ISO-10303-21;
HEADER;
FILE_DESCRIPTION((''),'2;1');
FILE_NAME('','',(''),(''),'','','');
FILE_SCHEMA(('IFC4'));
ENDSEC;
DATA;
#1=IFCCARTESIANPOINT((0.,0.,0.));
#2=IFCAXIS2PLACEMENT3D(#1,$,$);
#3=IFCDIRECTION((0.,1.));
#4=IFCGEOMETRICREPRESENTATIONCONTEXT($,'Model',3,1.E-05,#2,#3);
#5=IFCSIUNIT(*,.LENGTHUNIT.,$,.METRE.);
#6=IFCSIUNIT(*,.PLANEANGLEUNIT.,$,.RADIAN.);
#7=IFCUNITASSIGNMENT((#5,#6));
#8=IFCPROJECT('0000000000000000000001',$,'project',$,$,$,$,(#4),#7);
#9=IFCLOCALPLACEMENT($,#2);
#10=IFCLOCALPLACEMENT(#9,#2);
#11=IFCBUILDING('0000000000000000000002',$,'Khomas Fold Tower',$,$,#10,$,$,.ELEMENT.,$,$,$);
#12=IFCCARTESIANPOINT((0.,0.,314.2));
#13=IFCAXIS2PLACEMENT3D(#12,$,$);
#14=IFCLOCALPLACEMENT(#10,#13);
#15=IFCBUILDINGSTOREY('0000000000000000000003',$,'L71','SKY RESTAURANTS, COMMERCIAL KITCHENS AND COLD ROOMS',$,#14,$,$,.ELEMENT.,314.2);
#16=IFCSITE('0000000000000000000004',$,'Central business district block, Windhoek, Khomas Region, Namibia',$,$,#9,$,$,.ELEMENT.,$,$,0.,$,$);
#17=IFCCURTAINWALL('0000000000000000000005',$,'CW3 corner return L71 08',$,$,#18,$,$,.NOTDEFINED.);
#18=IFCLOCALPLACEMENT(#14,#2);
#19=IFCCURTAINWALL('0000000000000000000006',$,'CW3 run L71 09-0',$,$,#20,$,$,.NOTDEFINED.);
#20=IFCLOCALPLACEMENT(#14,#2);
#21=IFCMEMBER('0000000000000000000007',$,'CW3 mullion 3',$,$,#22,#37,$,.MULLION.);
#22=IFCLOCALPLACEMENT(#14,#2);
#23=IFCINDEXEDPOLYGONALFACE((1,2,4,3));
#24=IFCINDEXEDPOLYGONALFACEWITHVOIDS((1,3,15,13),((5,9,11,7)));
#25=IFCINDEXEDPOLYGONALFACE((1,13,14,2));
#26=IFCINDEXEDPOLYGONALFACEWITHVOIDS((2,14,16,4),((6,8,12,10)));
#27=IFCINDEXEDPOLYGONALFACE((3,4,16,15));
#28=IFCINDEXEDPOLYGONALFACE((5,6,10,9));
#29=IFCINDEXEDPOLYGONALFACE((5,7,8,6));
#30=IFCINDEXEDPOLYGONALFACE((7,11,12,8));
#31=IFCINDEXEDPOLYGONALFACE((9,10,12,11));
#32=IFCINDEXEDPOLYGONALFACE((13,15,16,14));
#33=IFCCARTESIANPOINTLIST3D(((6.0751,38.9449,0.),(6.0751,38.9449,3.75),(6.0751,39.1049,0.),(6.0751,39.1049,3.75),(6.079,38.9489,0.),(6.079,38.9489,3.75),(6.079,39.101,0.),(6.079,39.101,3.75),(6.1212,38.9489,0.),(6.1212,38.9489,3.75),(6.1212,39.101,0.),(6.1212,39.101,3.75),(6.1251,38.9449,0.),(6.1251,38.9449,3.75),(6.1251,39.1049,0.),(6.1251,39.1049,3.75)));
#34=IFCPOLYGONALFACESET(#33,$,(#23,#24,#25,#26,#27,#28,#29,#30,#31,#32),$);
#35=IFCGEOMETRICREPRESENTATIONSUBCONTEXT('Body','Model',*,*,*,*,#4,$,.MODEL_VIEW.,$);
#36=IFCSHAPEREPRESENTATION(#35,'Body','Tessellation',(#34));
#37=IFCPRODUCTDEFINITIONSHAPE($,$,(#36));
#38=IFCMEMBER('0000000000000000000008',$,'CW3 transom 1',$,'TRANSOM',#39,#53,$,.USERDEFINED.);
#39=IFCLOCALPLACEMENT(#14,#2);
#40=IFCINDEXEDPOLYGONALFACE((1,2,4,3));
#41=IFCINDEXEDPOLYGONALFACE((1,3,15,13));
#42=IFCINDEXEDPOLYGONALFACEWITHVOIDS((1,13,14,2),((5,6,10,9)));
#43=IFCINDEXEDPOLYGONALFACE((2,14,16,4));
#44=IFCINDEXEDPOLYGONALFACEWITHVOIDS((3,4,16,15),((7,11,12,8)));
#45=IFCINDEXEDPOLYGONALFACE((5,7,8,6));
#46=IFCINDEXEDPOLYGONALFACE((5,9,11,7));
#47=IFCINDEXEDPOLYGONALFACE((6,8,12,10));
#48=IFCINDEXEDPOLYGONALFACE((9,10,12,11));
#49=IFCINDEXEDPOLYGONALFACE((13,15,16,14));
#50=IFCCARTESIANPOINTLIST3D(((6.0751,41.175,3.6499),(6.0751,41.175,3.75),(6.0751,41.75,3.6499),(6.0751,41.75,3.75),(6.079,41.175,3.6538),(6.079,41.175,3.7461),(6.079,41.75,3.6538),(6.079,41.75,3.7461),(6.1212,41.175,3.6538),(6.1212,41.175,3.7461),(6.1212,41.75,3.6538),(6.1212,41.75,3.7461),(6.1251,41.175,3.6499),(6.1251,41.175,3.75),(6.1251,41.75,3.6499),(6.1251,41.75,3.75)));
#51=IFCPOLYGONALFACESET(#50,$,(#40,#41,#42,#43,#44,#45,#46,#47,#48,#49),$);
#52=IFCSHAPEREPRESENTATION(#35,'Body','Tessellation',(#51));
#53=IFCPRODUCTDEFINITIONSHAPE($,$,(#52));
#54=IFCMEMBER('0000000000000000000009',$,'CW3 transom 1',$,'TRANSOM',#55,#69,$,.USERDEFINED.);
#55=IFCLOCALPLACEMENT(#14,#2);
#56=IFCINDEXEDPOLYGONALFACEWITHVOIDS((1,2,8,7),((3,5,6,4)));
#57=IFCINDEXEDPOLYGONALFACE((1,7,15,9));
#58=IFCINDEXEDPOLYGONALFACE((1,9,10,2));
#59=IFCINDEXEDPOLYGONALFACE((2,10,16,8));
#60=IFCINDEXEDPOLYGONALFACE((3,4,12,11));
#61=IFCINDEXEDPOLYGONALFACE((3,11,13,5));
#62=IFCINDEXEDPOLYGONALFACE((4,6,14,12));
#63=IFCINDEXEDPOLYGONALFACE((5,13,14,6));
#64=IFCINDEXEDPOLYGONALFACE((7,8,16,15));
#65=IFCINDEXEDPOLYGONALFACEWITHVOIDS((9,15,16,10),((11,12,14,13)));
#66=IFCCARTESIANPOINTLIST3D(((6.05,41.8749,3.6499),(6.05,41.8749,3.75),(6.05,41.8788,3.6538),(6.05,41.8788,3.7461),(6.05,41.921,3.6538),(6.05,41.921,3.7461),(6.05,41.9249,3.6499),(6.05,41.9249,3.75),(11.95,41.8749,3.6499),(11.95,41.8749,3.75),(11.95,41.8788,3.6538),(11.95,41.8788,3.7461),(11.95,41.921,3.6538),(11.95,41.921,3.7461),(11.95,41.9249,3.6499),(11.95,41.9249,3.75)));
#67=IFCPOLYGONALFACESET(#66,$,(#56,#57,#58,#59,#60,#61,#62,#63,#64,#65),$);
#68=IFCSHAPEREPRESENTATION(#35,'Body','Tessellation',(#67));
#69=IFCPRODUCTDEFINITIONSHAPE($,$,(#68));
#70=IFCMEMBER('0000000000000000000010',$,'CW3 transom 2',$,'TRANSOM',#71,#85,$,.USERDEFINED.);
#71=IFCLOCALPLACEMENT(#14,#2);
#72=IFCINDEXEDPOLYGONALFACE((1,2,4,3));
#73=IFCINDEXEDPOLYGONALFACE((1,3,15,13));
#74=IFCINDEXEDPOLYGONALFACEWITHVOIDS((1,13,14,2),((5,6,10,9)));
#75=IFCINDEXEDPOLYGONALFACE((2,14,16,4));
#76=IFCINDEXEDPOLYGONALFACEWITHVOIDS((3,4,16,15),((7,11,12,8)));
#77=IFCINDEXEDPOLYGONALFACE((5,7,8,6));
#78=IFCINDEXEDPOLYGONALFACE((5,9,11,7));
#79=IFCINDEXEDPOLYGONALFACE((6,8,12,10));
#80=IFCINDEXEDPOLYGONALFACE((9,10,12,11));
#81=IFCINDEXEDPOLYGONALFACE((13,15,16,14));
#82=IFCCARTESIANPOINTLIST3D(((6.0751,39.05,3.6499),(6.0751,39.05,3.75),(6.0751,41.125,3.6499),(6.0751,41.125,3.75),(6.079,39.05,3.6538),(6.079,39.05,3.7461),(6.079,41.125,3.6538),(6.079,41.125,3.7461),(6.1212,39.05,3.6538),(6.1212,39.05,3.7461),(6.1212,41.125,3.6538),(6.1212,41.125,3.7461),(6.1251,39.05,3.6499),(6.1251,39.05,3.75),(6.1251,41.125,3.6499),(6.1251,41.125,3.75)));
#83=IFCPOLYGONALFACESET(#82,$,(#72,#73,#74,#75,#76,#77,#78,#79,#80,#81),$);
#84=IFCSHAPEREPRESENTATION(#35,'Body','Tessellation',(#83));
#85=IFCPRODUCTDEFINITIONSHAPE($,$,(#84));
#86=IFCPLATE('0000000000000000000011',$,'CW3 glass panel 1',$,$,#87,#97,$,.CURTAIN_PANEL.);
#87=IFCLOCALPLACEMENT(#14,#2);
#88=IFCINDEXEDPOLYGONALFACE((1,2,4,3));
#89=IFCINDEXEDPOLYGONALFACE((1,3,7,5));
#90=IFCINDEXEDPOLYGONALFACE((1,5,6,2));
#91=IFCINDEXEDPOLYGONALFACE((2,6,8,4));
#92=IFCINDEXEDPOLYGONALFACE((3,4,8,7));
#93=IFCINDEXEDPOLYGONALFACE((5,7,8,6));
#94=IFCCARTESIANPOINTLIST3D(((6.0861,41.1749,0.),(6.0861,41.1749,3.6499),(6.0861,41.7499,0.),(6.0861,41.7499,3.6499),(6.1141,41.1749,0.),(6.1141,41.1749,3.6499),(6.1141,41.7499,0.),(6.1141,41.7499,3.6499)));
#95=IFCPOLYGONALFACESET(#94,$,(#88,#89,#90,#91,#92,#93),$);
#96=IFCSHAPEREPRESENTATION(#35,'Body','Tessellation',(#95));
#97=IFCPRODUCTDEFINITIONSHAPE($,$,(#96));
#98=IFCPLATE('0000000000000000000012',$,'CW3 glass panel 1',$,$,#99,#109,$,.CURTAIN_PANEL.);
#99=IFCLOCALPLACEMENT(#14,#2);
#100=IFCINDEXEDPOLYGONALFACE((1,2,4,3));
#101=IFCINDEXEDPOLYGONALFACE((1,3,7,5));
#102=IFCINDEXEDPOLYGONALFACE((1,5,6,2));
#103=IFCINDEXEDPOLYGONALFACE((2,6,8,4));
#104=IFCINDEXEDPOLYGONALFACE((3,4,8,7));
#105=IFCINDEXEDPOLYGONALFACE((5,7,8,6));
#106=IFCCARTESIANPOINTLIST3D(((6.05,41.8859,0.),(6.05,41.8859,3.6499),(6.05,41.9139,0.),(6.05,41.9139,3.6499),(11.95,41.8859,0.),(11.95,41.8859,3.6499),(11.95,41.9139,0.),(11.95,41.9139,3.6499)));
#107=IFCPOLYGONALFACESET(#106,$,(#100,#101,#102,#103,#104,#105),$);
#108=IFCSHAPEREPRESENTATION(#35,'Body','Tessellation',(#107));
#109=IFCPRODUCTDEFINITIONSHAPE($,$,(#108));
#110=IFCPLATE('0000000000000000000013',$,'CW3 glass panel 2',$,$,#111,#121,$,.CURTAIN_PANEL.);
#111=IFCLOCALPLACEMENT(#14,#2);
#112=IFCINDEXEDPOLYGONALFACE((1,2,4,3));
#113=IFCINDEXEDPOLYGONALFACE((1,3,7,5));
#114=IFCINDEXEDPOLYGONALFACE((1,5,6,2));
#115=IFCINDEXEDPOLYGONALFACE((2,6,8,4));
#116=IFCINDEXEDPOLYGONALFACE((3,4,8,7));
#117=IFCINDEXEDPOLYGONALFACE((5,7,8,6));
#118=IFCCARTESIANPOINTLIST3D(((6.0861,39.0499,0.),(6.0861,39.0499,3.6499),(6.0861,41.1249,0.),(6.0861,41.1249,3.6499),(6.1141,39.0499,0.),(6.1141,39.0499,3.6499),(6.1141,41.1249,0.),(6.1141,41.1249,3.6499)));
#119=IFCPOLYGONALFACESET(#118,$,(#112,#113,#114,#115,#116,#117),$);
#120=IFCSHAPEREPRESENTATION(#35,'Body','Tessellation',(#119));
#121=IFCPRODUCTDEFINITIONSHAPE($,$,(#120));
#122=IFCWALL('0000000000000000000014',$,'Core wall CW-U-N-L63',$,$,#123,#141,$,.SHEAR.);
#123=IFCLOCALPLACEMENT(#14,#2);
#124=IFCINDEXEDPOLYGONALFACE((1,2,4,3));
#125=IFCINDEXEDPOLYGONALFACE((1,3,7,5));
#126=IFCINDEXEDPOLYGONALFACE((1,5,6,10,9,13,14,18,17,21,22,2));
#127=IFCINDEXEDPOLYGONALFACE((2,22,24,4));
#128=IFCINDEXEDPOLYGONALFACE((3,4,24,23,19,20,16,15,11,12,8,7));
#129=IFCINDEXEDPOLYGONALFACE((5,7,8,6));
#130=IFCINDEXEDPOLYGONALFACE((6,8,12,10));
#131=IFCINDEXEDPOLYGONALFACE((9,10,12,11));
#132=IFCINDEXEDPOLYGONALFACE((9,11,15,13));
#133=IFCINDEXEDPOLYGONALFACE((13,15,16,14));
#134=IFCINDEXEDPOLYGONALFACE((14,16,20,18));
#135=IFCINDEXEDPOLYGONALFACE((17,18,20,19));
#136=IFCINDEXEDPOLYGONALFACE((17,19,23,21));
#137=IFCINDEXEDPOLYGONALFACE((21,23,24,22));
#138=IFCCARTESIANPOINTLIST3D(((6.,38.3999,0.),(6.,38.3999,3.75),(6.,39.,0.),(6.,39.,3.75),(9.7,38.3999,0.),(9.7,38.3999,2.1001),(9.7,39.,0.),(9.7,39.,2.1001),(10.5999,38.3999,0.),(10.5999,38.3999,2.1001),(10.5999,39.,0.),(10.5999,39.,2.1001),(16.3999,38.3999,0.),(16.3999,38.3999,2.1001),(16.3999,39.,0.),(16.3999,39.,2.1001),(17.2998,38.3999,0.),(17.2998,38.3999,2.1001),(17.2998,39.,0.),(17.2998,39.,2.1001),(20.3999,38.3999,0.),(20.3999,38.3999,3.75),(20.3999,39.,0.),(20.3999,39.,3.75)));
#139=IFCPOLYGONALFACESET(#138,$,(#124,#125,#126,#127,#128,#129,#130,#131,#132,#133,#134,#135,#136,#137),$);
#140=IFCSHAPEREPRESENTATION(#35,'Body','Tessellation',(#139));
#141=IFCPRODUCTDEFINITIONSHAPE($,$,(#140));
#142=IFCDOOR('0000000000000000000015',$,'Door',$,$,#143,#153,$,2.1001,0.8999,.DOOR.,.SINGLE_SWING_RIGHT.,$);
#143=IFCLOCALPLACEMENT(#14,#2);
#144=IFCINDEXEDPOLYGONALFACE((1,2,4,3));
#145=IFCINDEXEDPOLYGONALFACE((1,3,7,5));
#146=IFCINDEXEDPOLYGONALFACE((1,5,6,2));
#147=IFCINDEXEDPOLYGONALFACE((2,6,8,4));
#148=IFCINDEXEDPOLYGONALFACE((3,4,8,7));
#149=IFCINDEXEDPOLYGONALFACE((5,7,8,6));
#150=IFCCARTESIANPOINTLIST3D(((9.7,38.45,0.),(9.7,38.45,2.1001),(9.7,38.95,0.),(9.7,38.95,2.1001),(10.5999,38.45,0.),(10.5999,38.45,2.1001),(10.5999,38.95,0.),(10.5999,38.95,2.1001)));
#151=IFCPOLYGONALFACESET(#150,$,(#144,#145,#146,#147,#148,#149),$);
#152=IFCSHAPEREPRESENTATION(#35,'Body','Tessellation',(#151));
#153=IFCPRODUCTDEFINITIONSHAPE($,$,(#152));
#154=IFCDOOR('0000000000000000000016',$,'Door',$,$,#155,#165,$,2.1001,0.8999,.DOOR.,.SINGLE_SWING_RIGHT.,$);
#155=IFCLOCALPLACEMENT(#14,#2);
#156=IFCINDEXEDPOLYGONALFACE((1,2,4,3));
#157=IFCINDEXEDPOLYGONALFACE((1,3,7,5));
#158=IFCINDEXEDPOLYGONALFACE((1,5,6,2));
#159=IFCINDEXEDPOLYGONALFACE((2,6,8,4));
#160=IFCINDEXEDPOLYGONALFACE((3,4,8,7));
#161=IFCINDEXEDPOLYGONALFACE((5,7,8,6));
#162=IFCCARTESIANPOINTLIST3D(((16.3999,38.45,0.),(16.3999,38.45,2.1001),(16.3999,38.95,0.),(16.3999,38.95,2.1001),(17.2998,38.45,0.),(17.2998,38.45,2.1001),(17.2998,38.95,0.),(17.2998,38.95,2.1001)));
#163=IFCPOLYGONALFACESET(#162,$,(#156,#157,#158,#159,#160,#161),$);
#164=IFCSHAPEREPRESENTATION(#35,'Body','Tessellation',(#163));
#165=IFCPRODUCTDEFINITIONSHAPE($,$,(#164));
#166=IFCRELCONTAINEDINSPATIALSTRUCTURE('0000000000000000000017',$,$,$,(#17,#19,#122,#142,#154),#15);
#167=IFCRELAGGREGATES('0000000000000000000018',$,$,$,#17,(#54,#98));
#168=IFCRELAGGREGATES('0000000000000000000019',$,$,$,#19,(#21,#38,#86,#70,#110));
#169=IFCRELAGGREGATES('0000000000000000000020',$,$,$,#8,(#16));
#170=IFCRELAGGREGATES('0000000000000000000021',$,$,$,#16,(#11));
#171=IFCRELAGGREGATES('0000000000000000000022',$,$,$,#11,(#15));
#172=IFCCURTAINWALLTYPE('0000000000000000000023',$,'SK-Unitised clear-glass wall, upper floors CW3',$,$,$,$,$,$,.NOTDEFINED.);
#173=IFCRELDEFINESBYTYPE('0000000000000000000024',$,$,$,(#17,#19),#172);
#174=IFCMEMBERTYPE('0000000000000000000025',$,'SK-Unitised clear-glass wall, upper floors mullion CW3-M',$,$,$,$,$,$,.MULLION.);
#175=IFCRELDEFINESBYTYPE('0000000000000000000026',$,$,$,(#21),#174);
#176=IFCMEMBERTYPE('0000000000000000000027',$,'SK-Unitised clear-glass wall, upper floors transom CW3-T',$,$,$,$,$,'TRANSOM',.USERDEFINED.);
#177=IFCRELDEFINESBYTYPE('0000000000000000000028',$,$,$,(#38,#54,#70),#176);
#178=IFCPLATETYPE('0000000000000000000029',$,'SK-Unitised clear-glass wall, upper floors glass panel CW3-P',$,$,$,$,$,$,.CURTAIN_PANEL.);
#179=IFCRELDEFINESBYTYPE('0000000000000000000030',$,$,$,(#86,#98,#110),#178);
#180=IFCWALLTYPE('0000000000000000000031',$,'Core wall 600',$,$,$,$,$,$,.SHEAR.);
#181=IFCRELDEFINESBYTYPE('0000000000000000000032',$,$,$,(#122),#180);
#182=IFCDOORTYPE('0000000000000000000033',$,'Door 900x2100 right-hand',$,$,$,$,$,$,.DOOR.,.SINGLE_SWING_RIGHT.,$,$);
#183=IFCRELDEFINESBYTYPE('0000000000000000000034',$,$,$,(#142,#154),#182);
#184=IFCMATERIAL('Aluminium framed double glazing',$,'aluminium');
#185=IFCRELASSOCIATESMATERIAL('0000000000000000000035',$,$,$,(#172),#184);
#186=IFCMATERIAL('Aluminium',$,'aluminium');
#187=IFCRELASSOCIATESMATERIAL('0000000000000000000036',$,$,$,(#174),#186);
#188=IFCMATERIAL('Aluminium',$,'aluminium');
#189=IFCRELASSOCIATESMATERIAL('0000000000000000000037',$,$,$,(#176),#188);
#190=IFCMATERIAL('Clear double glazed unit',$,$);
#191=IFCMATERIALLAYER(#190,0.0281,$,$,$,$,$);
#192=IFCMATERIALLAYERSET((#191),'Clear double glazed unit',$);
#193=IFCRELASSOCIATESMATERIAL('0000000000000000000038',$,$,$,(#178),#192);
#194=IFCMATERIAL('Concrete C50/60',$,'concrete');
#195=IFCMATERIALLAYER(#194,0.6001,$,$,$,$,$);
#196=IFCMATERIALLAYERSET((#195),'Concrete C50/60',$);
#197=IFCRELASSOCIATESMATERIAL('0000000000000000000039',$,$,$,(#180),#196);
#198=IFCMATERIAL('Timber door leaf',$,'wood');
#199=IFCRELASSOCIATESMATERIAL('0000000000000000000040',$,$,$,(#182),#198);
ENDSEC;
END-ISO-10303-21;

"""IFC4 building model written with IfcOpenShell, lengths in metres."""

from ifc_helpers import new_model, si_unit, direction, frame, frame_2d, origin, origin_2d, place, context, subcontext, project, spatial, rectangle, hollow_rectangle, extrude, source, transform, mapped, material, layer, layer_set, material_profile, profile_set, type_object, element, fill, aggregate, save


model = new_model("IFC4")

# Units and contexts
model_context = context("Model", 3, precision=1e-05, world=origin(), true_north=direction((0.0, 1.0)))
body_context = subcontext(model_context, "Body", "Model", "MODEL_VIEW")
ifc_project = project(units=[si_unit("LENGTHUNIT", "METRE"), si_unit("PLANEANGLEUNIT", "RADIAN")], contexts=[model_context])

# Site, building, storey
site_placement = place(None, origin())
site = spatial("IfcSite", under=ifc_project, at=site_placement, Name="Central business district block, Windhoek, Khomas Region, Namibia", CompositionType="ELEMENT", RefElevation=0.0)
building_placement = place(site_placement, origin())
building = spatial("IfcBuilding", under=site, at=building_placement, Name="Khomas Fold Tower", CompositionType="ELEMENT")
storey_placement = place(building_placement, frame((0.0, 0.0, 314.2)))
storey = spatial("IfcBuildingStorey", under=building, at=storey_placement, Name="L71", Description="SKY RESTAURANTS, COMMERCIAL KITCHENS AND COLD ROOMS", CompositionType="ELEMENT", Elevation=314.2)

# Curtain walls, members
ifc_material_1 = material(Name="Aluminium framed double glazing", Category="aluminium")
curtain_wall_type = type_object("IfcCurtainWallType", Name="SK-Unitised clear-glass wall, upper floors CW3", PredefinedType="NOTDEFINED", material=ifc_material_1)
curtain_wall_1_placement = place(storey_placement, origin())
curtain_wall_1 = element("IfcCurtainWall", 1, at=curtain_wall_1_placement, inside=storey, type_object=curtain_wall_type, Name="CW3 corner return L71 08", PredefinedType="NOTDEFINED")
ifc_material_2 = material(Name="Aluminium", Category="aluminium")
ifc_material_profile_1 = material_profile(ifc_material_2, hollow_rectangle(XDim=0.05, YDim=0.1599, WallThickness=0.0039, at=origin_2d()), Name="SK-Unitised clear-glass wall, upper floors mullion CW3-M")
ifc_profile_set_1 = profile_set([ifc_material_profile_1], Name="Aluminium")
member_type_1 = type_object("IfcMemberType", Name="SK-Unitised clear-glass wall, upper floors mullion CW3-M", PredefinedType="MULLION", material=ifc_profile_set_1)
shared_shape_1 = source(origin(), body_context, "Body", "SweptSolid", [
    extrude(hollow_rectangle(XDim=0.05, YDim=0.1599, WallThickness=0.0039, at=origin_2d()), origin(), (0.0, 0.0, 1.0), 3.75),
])
curtain_wall_2_placement = place(storey_placement, origin())
curtain_wall_2 = element("IfcCurtainWall", 2, at=curtain_wall_2_placement, inside=storey, type_object=curtain_wall_type, Name="CW3 run L71 09-0", PredefinedType="NOTDEFINED")
member_1_placement = place(storey_placement, frame((6.1001, 39.0249, 0.0), z_axis=(0.0, 0.0, 1.0), x_axis=(1.0, 0.0, 0.0)))
member_1 = element("IfcMember", 3, at=member_1_placement, type_object=member_type_1, Name="CW3 mullion 3", PredefinedType="MULLION", context=body_context, shape_type="MappedRepresentation", body=[
    mapped(shared_shape_1, transform((0.0, 0.0, 0.0))),
])
ifc_material_3 = material(Name="Aluminium", Category="aluminium")
ifc_material_profile_2 = material_profile(ifc_material_3, hollow_rectangle(XDim=0.05, YDim=0.1001, WallThickness=0.0039, at=origin_2d()), Name="SK-Unitised clear-glass wall, upper floors transom CW3-T")
ifc_profile_set_2 = profile_set([ifc_material_profile_2], Name="Aluminium")
member_type_2 = type_object("IfcMemberType", Name="SK-Unitised clear-glass wall, upper floors transom CW3-T", ElementType="TRANSOM", PredefinedType="USERDEFINED", material=ifc_profile_set_2)
shared_shape_2 = source(origin(), body_context, "Body", "SweptSolid", [
    extrude(hollow_rectangle(XDim=0.05, YDim=0.1001, WallThickness=0.0039, at=origin_2d()), origin(), (0.0, 0.0, 1.0), 0.575),
])
member_2_placement = place(storey_placement, frame((6.1001, 41.75, 3.7), z_axis=(0.0, -1.0, 0.0), x_axis=(1.0, 0.0, 0.0)))
member_2 = element("IfcMember", 4, at=member_2_placement, type_object=member_type_2, Name="CW3 transom 1", ObjectType="TRANSOM", PredefinedType="USERDEFINED", context=body_context, shape_type="MappedRepresentation", body=[
    mapped(shared_shape_2, transform((0.0, 0.0, 0.0))),
])

# Members
shared_shape_3 = source(origin(), body_context, "Body", "SweptSolid", [
    extrude(hollow_rectangle(XDim=0.05, YDim=0.1001, WallThickness=0.0039, at=origin_2d()), origin(), (0.0, 0.0, 1.0), 5.8999),
])
member_3_placement = place(storey_placement, frame((11.95, 41.8999, 3.7), z_axis=(-1.0, 0.0, 0.0), x_axis=(0.0, -1.0, 0.0)))
member_3 = element("IfcMember", 5, at=member_3_placement, type_object=member_type_2, Name="CW3 transom 1", ObjectType="TRANSOM", PredefinedType="USERDEFINED", context=body_context, shape_type="MappedRepresentation", body=[
    mapped(shared_shape_3, transform((0.0, 0.0, 0.0))),
])
shared_shape_4 = source(origin(), body_context, "Body", "SweptSolid", [
    extrude(hollow_rectangle(XDim=0.05, YDim=0.1001, WallThickness=0.0039, at=origin_2d()), origin(), (0.0, 0.0, 1.0), 2.075),
])
member_4_placement = place(storey_placement, frame((6.1001, 41.125, 3.7), z_axis=(0.0, -1.0, 0.0), x_axis=(1.0, 0.0, 0.0)))
member_4 = element("IfcMember", 6, at=member_4_placement, type_object=member_type_2, Name="CW3 transom 2", ObjectType="TRANSOM", PredefinedType="USERDEFINED", context=body_context, shape_type="MappedRepresentation", body=[
    mapped(shared_shape_4, transform((0.0, 0.0, 0.0))),
])

# Plates
ifc_material_4 = material(Name="Clear double glazed unit")
ifc_layer_1 = layer(ifc_material_4, 0.0281)
ifc_layer_set_1 = layer_set([ifc_layer_1], Name="Clear double glazed unit")
plate_type = type_object("IfcPlateType", Name="SK-Unitised clear-glass wall, upper floors glass panel CW3-P", PredefinedType="CURTAIN_PANEL", material=ifc_layer_set_1)
shared_shape_5 = source(origin(), body_context, "Body", "SweptSolid", [
    extrude(rectangle(XDim=0.575, YDim=0.0281, at=origin_2d()), origin(), (0.0, 0.0, 1.0), 3.6499),
])
plate_1_placement = place(storey_placement, frame((6.1001, 41.4624, 0.0), z_axis=(0.0, 0.0, 1.0), x_axis=(0.0, -1.0, 0.0)))
plate_1 = element("IfcPlate", 7, at=plate_1_placement, type_object=plate_type, Name="CW3 glass panel 1", PredefinedType="CURTAIN_PANEL", context=body_context, shape_type="MappedRepresentation", body=[
    mapped(shared_shape_5, transform((0.0, 0.0, 0.0))),
])
shared_shape_6 = source(origin(), body_context, "Body", "SweptSolid", [
    extrude(rectangle(XDim=5.8999, YDim=0.0281, at=origin_2d()), origin(), (0.0, 0.0, 1.0), 3.6499),
])
plate_2_placement = place(storey_placement, frame((9.0, 41.8999, 0.0), z_axis=(0.0, 0.0, 1.0), x_axis=(-1.0, 0.0, 0.0)))
plate_2 = element("IfcPlate", 8, at=plate_2_placement, type_object=plate_type, Name="CW3 glass panel 1", PredefinedType="CURTAIN_PANEL", context=body_context, shape_type="MappedRepresentation", body=[
    mapped(shared_shape_6, transform((0.0, 0.0, 0.0))),
])
aggregate(curtain_wall_1, [member_3, plate_2])
shared_shape_7 = source(origin(), body_context, "Body", "SweptSolid", [
    extrude(rectangle(XDim=2.075, YDim=0.0281, at=origin_2d()), origin(), (0.0, 0.0, 1.0), 3.6499),
])
plate_3_placement = place(storey_placement, frame((6.1001, 40.0874, 0.0), z_axis=(0.0, 0.0, 1.0), x_axis=(0.0, -1.0, 0.0)))
plate_3 = element("IfcPlate", 9, at=plate_3_placement, type_object=plate_type, Name="CW3 glass panel 2", PredefinedType="CURTAIN_PANEL", context=body_context, shape_type="MappedRepresentation", body=[
    mapped(shared_shape_7, transform((0.0, 0.0, 0.0))),
])
aggregate(curtain_wall_2, [member_1, member_2, plate_1, member_4, plate_3])

# Wall, openings, doors
ifc_material_5 = material(Name="Concrete C50/60", Category="concrete")
ifc_layer_2 = layer(ifc_material_5, 0.6001)
ifc_layer_set_2 = layer_set([ifc_layer_2], Name="Concrete C50/60")
wall_type_1 = type_object("IfcWallType", Name="Core wall 600", PredefinedType="SHEAR", material=ifc_layer_set_2)
shared_shape_8 = source(origin(), body_context, "Body", "SweptSolid", [
    extrude(rectangle(XDim=14.3999, YDim=0.6001, at=frame_2d((7.2, 0.0))), origin(), (0.0, 0.0, 1.0), 3.75),
])
wall_1_placement = place(storey_placement, frame((6.0, 38.7, 0.0), z_axis=(0.0, 0.0, 1.0), x_axis=(1.0, 0.0, 0.0)))
wall_1 = element("IfcWall", 10, at=wall_1_placement, inside=storey, type_object=wall_type_1, Name="Core wall CW-U-N-L63", PredefinedType="SHEAR", context=body_context, shape_type="MappedRepresentation", body=[
    mapped(shared_shape_8, transform((0.0, 0.0, 0.0))),
])
shared_shape_9 = source(origin(), body_context, "Body", "SweptSolid", [
    extrude(rectangle(XDim=0.8999, YDim=2.1001, at=frame_2d((0.45, 1.05))), frame((0.0, 0.3101, 0.0), z_axis=(0.0, -1.0, 0.0), x_axis=(1.0, 0.0, 0.0)), (0.0, 0.0, 1.0), 0.6201),
])
opening_1_placement = place(wall_1_placement, frame((3.7, 0.0, 0.0)))
opening_1 = element("IfcOpeningElement", 11, at=opening_1_placement, cuts=wall_1, PredefinedType="OPENING", context=body_context, shape_type="MappedRepresentation", body=[
    mapped(shared_shape_9, transform((0.0, 0.0, 0.0))),
])
opening_2_placement = place(wall_1_placement, frame((10.3999, 0.0, 0.0)))
opening_2 = element("IfcOpeningElement", 12, at=opening_2_placement, cuts=wall_1, PredefinedType="OPENING", context=body_context, shape_type="MappedRepresentation", body=[
    mapped(shared_shape_9, transform((0.0, 0.0, 0.0))),
])
ifc_material_6 = material(Name="Timber door leaf", Category="wood")
door_type = type_object("IfcDoorType", Name="Door 900x2100 right-hand", OperationType="SINGLE_SWING_RIGHT", PredefinedType="DOOR", material=ifc_material_6)
shared_shape_10 = source(origin(), body_context, "Body", "SweptSolid", [
    extrude(rectangle(XDim=0.8999, YDim=2.1001, at=frame_2d((0.45, 1.05))), frame((0.0, 0.25, 0.0), z_axis=(0.0, -1.0, 0.0), x_axis=(1.0, 0.0, 0.0)), (0.0, 0.0, 1.0), 0.5),
])
door_1_placement = place(opening_1_placement, origin())
door_1 = element("IfcDoor", 13, at=door_1_placement, inside=storey, type_object=door_type, Name="Door", OperationType="SINGLE_SWING_RIGHT", OverallHeight=2.1001, OverallWidth=0.8999, PredefinedType="DOOR", context=body_context, shape_type="MappedRepresentation", body=[
    mapped(shared_shape_10, transform((0.0, 0.0, 0.0))),
])
fill(opening_1, door_1)
door_2_placement = place(opening_2_placement, origin())
door_2 = element("IfcDoor", 14, at=door_2_placement, inside=storey, type_object=door_type, Name="Door", OperationType="SINGLE_SWING_RIGHT", OverallHeight=2.1001, OverallWidth=0.8999, PredefinedType="DOOR", context=body_context, shape_type="MappedRepresentation", body=[
    mapped(shared_shape_10, transform((0.0, 0.0, 0.0))),
])
fill(opening_2, door_2)

save(model, "model.ifc")
